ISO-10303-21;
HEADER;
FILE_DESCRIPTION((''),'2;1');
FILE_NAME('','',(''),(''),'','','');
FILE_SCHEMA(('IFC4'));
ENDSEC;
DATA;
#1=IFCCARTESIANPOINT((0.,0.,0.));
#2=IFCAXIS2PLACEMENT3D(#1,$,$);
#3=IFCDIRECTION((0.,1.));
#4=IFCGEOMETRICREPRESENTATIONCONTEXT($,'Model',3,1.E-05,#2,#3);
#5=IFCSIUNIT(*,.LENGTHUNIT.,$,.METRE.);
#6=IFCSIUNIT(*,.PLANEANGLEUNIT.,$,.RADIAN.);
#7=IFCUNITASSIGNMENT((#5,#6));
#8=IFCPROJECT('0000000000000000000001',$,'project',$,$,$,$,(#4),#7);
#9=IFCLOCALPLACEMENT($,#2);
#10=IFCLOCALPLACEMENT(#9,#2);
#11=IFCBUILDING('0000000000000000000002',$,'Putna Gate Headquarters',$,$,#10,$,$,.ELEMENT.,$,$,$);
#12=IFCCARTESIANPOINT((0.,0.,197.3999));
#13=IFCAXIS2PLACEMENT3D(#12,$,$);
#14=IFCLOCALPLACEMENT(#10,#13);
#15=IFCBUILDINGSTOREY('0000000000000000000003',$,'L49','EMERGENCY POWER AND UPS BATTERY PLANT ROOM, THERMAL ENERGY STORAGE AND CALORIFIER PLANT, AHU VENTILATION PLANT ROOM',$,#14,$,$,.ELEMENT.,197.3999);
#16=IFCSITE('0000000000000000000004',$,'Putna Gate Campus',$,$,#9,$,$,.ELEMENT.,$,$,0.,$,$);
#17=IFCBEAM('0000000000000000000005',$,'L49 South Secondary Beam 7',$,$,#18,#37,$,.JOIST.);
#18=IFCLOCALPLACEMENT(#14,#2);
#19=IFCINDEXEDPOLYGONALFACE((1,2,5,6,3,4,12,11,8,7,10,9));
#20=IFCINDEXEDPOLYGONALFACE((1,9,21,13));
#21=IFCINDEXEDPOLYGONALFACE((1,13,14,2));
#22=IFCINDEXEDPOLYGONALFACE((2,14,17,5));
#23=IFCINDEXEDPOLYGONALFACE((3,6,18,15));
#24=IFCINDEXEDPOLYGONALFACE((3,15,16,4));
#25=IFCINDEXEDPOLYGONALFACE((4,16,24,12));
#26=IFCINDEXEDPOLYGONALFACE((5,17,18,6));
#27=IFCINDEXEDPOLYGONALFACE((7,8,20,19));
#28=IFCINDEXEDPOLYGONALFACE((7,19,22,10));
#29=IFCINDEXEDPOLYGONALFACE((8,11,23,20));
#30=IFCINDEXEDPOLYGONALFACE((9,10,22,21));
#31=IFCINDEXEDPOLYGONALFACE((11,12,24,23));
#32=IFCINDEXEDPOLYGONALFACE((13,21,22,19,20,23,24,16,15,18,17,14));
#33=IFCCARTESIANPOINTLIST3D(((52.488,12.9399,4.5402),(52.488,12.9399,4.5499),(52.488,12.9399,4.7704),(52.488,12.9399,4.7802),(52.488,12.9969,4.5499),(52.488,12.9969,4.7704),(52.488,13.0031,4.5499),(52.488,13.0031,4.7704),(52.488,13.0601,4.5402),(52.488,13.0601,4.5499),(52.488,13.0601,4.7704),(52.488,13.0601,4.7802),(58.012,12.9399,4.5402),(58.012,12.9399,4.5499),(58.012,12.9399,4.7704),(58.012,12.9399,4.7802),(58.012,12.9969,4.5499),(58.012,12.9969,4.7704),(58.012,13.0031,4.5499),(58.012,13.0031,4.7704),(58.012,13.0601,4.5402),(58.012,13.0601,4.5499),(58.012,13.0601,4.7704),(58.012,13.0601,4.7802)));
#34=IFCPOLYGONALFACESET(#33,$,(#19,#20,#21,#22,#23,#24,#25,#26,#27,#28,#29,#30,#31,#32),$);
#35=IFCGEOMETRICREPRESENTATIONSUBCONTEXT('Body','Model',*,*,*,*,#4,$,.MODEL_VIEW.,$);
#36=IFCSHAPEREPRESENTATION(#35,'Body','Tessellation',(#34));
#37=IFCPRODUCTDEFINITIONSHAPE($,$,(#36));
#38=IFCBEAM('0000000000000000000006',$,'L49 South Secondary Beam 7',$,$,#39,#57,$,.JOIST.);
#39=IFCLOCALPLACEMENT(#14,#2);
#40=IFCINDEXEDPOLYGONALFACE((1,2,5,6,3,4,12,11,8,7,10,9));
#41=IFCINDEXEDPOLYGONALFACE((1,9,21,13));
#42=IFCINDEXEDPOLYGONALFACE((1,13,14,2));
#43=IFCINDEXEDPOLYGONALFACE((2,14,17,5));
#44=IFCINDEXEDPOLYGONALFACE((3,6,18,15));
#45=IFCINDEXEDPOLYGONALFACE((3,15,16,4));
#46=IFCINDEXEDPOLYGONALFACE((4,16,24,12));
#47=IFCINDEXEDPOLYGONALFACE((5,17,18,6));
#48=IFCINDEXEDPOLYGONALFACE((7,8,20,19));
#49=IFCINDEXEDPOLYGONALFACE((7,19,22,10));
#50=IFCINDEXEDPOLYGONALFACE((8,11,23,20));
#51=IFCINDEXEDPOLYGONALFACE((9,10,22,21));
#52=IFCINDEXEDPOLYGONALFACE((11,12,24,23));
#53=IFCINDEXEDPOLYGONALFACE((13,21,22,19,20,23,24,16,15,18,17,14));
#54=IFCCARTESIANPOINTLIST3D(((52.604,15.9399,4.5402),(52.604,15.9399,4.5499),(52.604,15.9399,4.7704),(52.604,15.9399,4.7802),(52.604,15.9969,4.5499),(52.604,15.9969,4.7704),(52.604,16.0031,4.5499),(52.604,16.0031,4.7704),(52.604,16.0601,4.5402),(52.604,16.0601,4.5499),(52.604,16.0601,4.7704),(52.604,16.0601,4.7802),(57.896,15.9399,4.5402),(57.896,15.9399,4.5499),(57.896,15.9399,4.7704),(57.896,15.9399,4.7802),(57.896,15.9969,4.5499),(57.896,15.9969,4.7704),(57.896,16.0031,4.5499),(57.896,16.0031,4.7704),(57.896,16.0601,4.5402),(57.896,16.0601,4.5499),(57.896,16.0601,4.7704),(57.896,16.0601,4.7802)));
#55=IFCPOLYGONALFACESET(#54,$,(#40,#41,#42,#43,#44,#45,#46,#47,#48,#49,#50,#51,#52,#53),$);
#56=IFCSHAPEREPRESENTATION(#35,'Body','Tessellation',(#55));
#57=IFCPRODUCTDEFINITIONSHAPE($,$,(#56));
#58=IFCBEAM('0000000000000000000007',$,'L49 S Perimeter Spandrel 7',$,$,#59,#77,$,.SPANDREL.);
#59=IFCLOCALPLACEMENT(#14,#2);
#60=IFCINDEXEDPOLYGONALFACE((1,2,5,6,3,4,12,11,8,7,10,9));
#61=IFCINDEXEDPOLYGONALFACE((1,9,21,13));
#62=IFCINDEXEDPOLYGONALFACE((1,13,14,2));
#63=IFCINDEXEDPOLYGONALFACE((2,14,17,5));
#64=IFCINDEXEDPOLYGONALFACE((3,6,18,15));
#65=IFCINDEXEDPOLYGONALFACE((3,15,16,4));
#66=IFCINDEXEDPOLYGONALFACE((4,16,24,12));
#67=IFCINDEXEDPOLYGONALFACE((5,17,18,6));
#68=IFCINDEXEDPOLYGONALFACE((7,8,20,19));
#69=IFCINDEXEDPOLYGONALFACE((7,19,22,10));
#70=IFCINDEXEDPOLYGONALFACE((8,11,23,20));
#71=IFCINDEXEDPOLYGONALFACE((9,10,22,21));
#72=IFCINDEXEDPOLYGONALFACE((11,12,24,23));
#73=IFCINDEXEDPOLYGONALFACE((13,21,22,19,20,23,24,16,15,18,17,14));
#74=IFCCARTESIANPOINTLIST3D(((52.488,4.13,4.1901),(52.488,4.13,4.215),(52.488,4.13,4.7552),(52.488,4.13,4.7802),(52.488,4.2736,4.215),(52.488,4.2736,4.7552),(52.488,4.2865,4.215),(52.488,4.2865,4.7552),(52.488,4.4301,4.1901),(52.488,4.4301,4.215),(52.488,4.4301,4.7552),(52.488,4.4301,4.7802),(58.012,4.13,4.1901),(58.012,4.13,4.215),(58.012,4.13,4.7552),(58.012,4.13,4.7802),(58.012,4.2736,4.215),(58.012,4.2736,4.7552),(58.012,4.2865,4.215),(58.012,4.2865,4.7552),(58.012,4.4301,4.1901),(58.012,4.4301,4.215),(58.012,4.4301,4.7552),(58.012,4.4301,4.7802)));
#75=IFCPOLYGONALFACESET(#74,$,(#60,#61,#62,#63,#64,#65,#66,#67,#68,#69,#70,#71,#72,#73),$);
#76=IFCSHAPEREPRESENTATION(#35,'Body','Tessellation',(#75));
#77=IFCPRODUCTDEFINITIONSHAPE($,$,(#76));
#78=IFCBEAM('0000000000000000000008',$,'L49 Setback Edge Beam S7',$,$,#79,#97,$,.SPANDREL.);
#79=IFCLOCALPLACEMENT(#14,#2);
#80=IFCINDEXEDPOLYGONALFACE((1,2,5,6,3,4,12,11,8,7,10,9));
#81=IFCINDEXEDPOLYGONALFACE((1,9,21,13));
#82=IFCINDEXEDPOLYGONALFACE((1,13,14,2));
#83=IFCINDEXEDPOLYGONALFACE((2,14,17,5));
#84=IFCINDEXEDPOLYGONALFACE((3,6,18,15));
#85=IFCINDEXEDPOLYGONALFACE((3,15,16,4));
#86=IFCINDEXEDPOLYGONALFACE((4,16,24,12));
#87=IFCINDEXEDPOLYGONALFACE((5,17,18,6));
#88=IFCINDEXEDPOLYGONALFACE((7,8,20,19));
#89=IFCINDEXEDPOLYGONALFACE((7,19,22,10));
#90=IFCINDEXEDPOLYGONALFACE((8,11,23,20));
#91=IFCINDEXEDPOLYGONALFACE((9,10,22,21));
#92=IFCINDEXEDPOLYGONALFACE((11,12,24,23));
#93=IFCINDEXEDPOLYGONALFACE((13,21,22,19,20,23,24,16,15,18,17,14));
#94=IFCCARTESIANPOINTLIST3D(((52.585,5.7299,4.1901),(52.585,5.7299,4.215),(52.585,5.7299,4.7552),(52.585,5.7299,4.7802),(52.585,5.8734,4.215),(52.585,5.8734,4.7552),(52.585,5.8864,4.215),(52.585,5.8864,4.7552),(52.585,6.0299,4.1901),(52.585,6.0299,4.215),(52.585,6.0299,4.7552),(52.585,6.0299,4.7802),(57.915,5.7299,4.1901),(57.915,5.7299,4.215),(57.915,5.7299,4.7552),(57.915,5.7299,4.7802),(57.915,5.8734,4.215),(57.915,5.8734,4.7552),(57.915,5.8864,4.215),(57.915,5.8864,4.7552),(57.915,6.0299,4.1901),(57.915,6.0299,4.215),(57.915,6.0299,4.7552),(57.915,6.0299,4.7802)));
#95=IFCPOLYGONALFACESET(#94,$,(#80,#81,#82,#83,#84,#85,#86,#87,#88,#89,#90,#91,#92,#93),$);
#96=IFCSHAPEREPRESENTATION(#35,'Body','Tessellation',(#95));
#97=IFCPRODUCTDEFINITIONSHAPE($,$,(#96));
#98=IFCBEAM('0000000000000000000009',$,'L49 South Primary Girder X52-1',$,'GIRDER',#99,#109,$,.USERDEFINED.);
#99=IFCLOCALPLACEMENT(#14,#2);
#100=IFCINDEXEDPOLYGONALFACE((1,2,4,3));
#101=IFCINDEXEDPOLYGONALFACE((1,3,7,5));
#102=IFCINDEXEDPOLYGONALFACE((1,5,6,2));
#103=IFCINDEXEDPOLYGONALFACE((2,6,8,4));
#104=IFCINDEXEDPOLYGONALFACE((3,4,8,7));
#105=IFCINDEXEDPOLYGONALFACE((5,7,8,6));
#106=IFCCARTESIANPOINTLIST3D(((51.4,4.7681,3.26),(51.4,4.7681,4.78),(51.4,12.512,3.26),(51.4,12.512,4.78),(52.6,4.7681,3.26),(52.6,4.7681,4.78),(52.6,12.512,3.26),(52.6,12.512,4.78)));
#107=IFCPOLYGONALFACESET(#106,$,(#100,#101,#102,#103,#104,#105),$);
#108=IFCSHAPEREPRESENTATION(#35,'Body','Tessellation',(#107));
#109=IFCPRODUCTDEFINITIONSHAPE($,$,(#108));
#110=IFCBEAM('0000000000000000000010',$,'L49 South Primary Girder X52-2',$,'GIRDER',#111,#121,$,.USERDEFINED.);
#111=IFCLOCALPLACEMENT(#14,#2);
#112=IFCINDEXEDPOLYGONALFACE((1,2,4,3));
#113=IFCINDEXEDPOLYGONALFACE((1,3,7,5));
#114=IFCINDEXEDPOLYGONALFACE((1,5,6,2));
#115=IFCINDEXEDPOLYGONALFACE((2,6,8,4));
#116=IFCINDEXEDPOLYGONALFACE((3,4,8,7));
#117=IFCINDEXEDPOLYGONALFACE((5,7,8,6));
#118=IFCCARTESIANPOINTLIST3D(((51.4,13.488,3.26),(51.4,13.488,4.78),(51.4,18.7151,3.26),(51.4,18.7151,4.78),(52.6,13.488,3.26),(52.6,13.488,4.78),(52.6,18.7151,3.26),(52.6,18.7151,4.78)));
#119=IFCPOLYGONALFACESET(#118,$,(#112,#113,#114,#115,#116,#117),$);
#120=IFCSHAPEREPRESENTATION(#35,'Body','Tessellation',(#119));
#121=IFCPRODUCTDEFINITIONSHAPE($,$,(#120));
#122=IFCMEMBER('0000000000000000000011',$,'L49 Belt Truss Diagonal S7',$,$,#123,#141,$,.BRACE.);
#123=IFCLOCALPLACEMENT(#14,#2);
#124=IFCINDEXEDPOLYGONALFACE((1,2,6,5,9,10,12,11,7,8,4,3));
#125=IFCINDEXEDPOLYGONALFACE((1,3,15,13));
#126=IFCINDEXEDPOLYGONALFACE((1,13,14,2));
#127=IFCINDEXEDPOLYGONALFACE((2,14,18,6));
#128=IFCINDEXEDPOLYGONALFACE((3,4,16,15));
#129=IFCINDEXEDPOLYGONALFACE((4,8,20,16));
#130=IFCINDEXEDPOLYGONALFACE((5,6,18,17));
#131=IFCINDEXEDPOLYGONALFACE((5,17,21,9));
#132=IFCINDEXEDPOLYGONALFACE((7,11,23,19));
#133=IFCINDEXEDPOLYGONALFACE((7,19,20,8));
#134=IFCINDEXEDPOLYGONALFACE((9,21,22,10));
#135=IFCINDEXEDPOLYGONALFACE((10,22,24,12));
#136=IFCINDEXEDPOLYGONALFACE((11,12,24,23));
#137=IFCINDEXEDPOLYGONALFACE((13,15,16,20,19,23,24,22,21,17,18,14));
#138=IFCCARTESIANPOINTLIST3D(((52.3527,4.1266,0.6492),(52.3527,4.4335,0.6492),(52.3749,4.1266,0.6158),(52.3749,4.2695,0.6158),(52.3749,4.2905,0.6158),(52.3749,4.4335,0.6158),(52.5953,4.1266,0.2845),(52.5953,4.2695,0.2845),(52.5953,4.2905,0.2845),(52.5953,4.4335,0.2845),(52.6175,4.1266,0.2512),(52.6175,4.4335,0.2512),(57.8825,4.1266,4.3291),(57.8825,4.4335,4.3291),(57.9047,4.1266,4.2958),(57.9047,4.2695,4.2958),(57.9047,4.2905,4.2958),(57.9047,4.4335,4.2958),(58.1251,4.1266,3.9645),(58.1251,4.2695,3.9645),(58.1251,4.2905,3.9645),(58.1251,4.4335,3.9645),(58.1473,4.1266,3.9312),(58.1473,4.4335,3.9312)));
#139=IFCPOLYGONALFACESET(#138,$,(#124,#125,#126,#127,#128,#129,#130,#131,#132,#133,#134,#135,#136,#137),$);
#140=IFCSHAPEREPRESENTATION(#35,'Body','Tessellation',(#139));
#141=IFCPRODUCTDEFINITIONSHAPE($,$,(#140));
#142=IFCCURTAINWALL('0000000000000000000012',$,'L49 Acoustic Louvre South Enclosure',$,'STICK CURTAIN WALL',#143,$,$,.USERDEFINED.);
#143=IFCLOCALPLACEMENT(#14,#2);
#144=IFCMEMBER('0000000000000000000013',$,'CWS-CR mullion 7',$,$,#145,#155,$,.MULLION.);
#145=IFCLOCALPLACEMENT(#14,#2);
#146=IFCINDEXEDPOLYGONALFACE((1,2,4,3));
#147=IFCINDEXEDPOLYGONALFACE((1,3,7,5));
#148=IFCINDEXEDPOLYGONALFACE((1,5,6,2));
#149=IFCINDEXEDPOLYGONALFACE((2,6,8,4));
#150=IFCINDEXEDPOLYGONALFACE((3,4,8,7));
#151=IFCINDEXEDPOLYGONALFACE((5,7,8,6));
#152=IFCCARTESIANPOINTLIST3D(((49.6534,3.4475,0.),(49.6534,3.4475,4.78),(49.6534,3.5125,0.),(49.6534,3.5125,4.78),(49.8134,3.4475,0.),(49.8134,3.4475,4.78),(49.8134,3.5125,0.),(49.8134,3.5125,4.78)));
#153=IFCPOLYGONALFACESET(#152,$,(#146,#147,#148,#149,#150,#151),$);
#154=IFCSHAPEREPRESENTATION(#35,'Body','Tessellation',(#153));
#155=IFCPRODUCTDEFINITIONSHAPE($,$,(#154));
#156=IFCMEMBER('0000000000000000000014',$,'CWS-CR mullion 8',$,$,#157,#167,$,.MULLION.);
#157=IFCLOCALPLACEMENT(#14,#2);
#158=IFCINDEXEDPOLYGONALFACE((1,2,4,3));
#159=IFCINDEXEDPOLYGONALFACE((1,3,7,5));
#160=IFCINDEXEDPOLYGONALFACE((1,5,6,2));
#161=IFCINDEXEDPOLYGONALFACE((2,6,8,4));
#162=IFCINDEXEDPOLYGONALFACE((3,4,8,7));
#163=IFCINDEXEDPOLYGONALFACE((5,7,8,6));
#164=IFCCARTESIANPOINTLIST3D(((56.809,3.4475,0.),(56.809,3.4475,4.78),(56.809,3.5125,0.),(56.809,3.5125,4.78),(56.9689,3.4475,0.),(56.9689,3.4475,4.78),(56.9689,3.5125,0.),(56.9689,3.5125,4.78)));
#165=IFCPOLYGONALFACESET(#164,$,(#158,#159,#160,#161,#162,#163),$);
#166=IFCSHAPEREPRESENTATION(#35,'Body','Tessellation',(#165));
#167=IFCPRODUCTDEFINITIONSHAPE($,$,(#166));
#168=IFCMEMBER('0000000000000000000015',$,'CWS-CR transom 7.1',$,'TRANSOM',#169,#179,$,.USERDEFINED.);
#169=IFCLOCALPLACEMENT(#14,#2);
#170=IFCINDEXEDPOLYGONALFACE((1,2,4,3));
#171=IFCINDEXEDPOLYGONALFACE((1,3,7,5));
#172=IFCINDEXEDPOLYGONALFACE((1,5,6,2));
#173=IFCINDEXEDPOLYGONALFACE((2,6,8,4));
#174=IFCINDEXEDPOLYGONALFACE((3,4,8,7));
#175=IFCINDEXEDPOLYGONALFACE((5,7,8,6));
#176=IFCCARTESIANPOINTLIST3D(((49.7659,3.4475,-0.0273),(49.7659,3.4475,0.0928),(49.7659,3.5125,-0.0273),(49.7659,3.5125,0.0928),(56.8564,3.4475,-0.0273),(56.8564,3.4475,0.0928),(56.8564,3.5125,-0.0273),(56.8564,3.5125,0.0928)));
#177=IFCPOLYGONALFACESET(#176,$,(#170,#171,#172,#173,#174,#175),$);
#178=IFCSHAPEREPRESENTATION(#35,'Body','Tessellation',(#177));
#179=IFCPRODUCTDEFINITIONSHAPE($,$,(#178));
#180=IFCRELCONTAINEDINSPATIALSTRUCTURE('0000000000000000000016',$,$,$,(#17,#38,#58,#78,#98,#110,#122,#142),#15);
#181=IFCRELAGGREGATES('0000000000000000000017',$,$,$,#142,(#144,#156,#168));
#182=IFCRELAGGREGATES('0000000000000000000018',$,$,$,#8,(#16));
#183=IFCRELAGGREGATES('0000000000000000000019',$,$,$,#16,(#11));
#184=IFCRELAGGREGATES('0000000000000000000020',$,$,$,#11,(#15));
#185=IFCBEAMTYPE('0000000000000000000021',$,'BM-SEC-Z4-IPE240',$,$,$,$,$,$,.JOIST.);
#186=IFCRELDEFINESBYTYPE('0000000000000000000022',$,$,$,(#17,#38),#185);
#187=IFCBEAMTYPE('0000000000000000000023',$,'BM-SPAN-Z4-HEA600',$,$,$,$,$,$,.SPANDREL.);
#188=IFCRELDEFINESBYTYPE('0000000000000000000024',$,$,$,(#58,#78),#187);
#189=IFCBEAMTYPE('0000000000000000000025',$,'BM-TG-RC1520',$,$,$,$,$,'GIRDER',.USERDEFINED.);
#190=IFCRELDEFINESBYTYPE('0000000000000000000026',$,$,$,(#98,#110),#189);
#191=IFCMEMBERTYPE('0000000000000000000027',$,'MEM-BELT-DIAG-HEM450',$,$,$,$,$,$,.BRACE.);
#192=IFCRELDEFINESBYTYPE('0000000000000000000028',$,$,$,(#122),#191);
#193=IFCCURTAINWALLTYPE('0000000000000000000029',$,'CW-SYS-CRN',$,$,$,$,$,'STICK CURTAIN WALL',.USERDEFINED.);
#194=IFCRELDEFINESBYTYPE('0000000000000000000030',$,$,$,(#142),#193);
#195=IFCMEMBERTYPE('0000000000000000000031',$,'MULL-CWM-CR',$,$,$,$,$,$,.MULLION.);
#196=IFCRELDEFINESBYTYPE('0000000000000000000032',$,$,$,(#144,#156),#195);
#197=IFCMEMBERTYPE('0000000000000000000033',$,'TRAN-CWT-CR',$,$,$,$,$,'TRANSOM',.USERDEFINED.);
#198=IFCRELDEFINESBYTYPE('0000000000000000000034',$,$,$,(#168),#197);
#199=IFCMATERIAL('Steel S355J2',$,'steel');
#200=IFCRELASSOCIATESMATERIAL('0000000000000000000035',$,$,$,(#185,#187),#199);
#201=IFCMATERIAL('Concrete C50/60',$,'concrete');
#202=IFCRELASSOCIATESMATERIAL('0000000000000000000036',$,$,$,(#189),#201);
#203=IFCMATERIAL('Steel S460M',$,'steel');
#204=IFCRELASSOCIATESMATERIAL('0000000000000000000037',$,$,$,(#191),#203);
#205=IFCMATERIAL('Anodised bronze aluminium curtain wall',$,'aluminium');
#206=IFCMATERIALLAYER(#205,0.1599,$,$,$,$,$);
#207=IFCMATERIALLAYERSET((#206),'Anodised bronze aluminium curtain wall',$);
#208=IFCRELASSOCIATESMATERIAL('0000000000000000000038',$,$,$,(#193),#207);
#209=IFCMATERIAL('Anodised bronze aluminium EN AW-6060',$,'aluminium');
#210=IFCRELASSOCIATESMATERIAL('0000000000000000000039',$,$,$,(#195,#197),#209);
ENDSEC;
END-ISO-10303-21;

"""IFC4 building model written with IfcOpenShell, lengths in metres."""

from ifc_helpers import new_model, si_unit, direction, frame, origin, origin_2d, place, context, subcontext, project, spatial, rectangle, i_section, extrude, material, layer, layer_set, material_profile, profile_set, type_object, element, aggregate, save


model = new_model("IFC4")

# Units and contexts
model_context = context("Model", 3, precision=1e-05, world=origin(), true_north=direction((0.0, 1.0)))
body_context = subcontext(model_context, "Body", "Model", "MODEL_VIEW")
ifc_project = project(units=[si_unit("LENGTHUNIT", "METRE"), si_unit("PLANEANGLEUNIT", "RADIAN")], contexts=[model_context])

# Site, building, storey
site_placement = place(None, origin())
site = spatial("IfcSite", under=ifc_project, at=site_placement, Name="Putna Gate Campus", CompositionType="ELEMENT", RefElevation=0.0)
building_placement = place(site_placement, origin())
building = spatial("IfcBuilding", under=site, at=building_placement, Name="Putna Gate Headquarters", CompositionType="ELEMENT")
storey_placement = place(building_placement, frame((0.0, 0.0, 197.3999)))
storey = spatial("IfcBuildingStorey", under=building, at=storey_placement, Name="L49", Description="EMERGENCY POWER AND UPS BATTERY PLANT ROOM, THERMAL ENERGY STORAGE AND CALORIFIER PLANT, AHU VENTILATION PLANT ROOM", CompositionType="ELEMENT", Elevation=197.3999)

# Shared definitions
ifc_material_1 = material(Name="Concrete C50/60", Category="concrete")

# Beams
ifc_material_2 = material(Name="Steel S355J2", Category="steel")
ifc_material_profile_1 = material_profile(ifc_material_2, i_section(OverallWidth=0.1201, OverallDepth=0.24, WebThickness=0.0061, FlangeThickness=0.0098, at=origin_2d()), Name="Steel S355J2")
ifc_profile_set_1 = profile_set([ifc_material_profile_1], Name="Steel S355J2")
beam_type_1 = type_object("IfcBeamType", Name="BM-SEC-Z4-IPE240", PredefinedType="JOIST", material=ifc_profile_set_1)
beam_1_placement = place(storey_placement, frame((52.488, 13.0, 4.6602), z_axis=(1.0, 0.0, 0.0), x_axis=(0.0, 1.0, 0.0)))
element("IfcBeam", 1, at=beam_1_placement, inside=storey, type_object=beam_type_1, Name="L49 South Secondary Beam 7", PredefinedType="JOIST", context=body_context, shape_type="SweptSolid", body=[
    extrude(i_section(OverallWidth=0.1201, OverallDepth=0.24, WebThickness=0.0061, FlangeThickness=0.0098, at=origin_2d()), origin(), (0.0, 0.0, 1.0), 5.5239),
])
beam_2_placement = place(storey_placement, frame((52.604, 16.0, 4.6602), z_axis=(1.0, 0.0, 0.0), x_axis=(0.0, 1.0, 0.0)))
element("IfcBeam", 2, at=beam_2_placement, inside=storey, type_object=beam_type_1, Name="L49 South Secondary Beam 7", PredefinedType="JOIST", context=body_context, shape_type="SweptSolid", body=[
    extrude(i_section(OverallWidth=0.1201, OverallDepth=0.24, WebThickness=0.0061, FlangeThickness=0.0098, at=origin_2d()), origin(), (0.0, 0.0, 1.0), 5.292),
])
ifc_material_profile_2 = material_profile(ifc_material_2, i_section(OverallWidth=0.3, OverallDepth=0.5901, WebThickness=0.0129, FlangeThickness=0.0249, at=origin_2d()), Name="Steel S355J2")
ifc_profile_set_2 = profile_set([ifc_material_profile_2], Name="Steel S355J2")
beam_type_2 = type_object("IfcBeamType", Name="BM-SPAN-Z4-HEA600", PredefinedType="SPANDREL", material=ifc_profile_set_2)
beam_3_placement = place(storey_placement, frame((52.488, 4.28, 4.4851), z_axis=(1.0, 0.0, 0.0), x_axis=(0.0, 1.0, 0.0)))
element("IfcBeam", 3, at=beam_3_placement, inside=storey, type_object=beam_type_2, Name="L49 S Perimeter Spandrel 7", PredefinedType="SPANDREL", context=body_context, shape_type="SweptSolid", body=[
    extrude(i_section(OverallWidth=0.3, OverallDepth=0.5901, WebThickness=0.0129, FlangeThickness=0.0249, at=origin_2d()), origin(), (0.0, 0.0, 1.0), 5.5239),
])
beam_4_placement = place(storey_placement, frame((52.585, 5.8799, 4.4851), z_axis=(1.0, 0.0, 0.0), x_axis=(0.0, 1.0, 0.0)))
element("IfcBeam", 4, at=beam_4_placement, inside=storey, type_object=beam_type_2, Name="L49 Setback Edge Beam S7", PredefinedType="SPANDREL", context=body_context, shape_type="SweptSolid", body=[
    extrude(i_section(OverallWidth=0.3, OverallDepth=0.5901, WebThickness=0.0129, FlangeThickness=0.0249, at=origin_2d()), origin(), (0.0, 0.0, 1.0), 5.3301),
])
ifc_material_profile_3 = material_profile(ifc_material_1, rectangle(XDim=1.2, YDim=1.52, at=origin_2d()), Name="Concrete C50/60")
ifc_profile_set_3 = profile_set([ifc_material_profile_3], Name="Concrete C50/60")
beam_type_3 = type_object("IfcBeamType", Name="BM-TG-RC1520", ElementType="GIRDER", PredefinedType="USERDEFINED", material=ifc_profile_set_3)
beam_5_placement = place(storey_placement, frame((52.0, 4.7681, 4.02), z_axis=(0.0, 1.0, 0.0), x_axis=(-1.0, 0.0, 0.0)))
element("IfcBeam", 5, at=beam_5_placement, inside=storey, type_object=beam_type_3, Name="L49 South Primary Girder X52-1", ObjectType="GIRDER", PredefinedType="USERDEFINED", context=body_context, shape_type="SweptSolid", body=[
    extrude(rectangle(XDim=1.2, YDim=1.52, at=origin_2d()), origin(), (0.0, 0.0, 1.0), 7.7439),
])
beam_6_placement = place(storey_placement, frame((52.0, 13.488, 4.02), z_axis=(0.0, 1.0, 0.0), x_axis=(-1.0, 0.0, 0.0)))
element("IfcBeam", 6, at=beam_6_placement, inside=storey, type_object=beam_type_3, Name="L49 South Primary Girder X52-2", ObjectType="GIRDER", PredefinedType="USERDEFINED", context=body_context, shape_type="SweptSolid", body=[
    extrude(rectangle(XDim=1.2, YDim=1.52, at=origin_2d()), origin(), (0.0, 0.0, 1.0), 5.2271),
])

# Member
ifc_material_3 = material(Name="Steel S460M", Category="steel")
ifc_material_profile_4 = material_profile(ifc_material_3, i_section(OverallWidth=0.3069, OverallDepth=0.478, WebThickness=0.021, FlangeThickness=0.04, at=origin_2d()), Name="Steel S460M")
ifc_profile_set_4 = profile_set([ifc_material_profile_4], Name="Steel S460M")
member_type_1 = type_object("IfcMemberType", Name="MEM-BELT-DIAG-HEM450", PredefinedType="BRACE", material=ifc_profile_set_4)
member_1_placement = place(storey_placement, frame((52.4851, 4.28, 0.4502), z_axis=(0.832508, 0.0, 0.554013), x_axis=(0.0, 1.0, 0.0)))
element("IfcMember", 7, at=member_1_placement, inside=storey, type_object=member_type_1, Name="L49 Belt Truss Diagonal S7", PredefinedType="BRACE", context=body_context, shape_type="SweptSolid", body=[
    extrude(i_section(OverallWidth=0.3069, OverallDepth=0.478, WebThickness=0.021, FlangeThickness=0.04, at=origin_2d()), origin(), (0.0, 0.0, 1.0), 6.6423),
])

# Curtain wall, members
ifc_material_4 = material(Name="Anodised bronze aluminium curtain wall", Category="aluminium")
ifc_layer_1 = layer(ifc_material_4, 0.1599)
ifc_layer_set_1 = layer_set([ifc_layer_1], Name="Anodised bronze aluminium curtain wall")
curtain_wall_type = type_object("IfcCurtainWallType", Name="CW-SYS-CRN", ElementType="STICK CURTAIN WALL", PredefinedType="USERDEFINED", material=ifc_layer_set_1)
curtain_wall_placement = place(storey_placement, origin())
curtain_wall = element("IfcCurtainWall", 8, at=curtain_wall_placement, inside=storey, type_object=curtain_wall_type, Name="L49 Acoustic Louvre South Enclosure", ObjectType="STICK CURTAIN WALL", PredefinedType="USERDEFINED")
ifc_material_5 = material(Name="Anodised bronze aluminium EN AW-6060", Category="aluminium")
ifc_material_profile_5 = material_profile(ifc_material_5, rectangle(XDim=0.0649, YDim=0.1599, at=origin_2d()), Name="Anodised bronze aluminium EN AW-6060")
ifc_profile_set_5 = profile_set([ifc_material_profile_5], Name="Anodised bronze aluminium EN AW-6060")
member_type_2 = type_object("IfcMemberType", Name="MULL-CWM-CR", PredefinedType="MULLION", material=ifc_profile_set_5)
member_2_placement = place(storey_placement, frame((49.7334, 3.48, 0.0), z_axis=(0.0, 0.0, 1.0), x_axis=(0.0, 1.0, 0.0)))
member_2 = element("IfcMember", 9, at=member_2_placement, type_object=member_type_2, Name="CWS-CR mullion 7", PredefinedType="MULLION", context=body_context, shape_type="SweptSolid", body=[
    extrude(rectangle(XDim=0.0649, YDim=0.1599, at=origin_2d()), origin(), (0.0, 0.0, 1.0), 4.78),
])
member_3_placement = place(storey_placement, frame((56.8889, 3.48, 0.0), z_axis=(0.0, 0.0, 1.0), x_axis=(0.0, 1.0, 0.0)))
member_3 = element("IfcMember", 10, at=member_3_placement, type_object=member_type_2, Name="CWS-CR mullion 8", PredefinedType="MULLION", context=body_context, shape_type="SweptSolid", body=[
    extrude(rectangle(XDim=0.0649, YDim=0.1599, at=origin_2d()), origin(), (0.0, 0.0, 1.0), 4.78),
])
ifc_material_profile_6 = material_profile(ifc_material_5, rectangle(XDim=0.0649, YDim=0.1201, at=origin_2d()), Name="Anodised bronze aluminium EN AW-6060")
ifc_profile_set_6 = profile_set([ifc_material_profile_6], Name="Anodised bronze aluminium EN AW-6060")
member_type_3 = type_object("IfcMemberType", Name="TRAN-CWT-CR", ElementType="TRANSOM", PredefinedType="USERDEFINED", material=ifc_profile_set_6)
member_4_placement = place(storey_placement, frame((49.7659, 3.48, 0.0327), z_axis=(1.0, 0.0, 0.0), x_axis=(0.0, 1.0, 0.0)))
member_4 = element("IfcMember", 11, at=member_4_placement, type_object=member_type_3, Name="CWS-CR transom 7.1", ObjectType="TRANSOM", PredefinedType="USERDEFINED", context=body_context, shape_type="SweptSolid", body=[
    extrude(rectangle(XDim=0.0649, YDim=0.1201, at=origin_2d()), origin(), (0.0, 0.0, 1.0), 7.0906),
])
aggregate(curtain_wall, [member_2, member_3, member_4])

save(model, "model.ifc")
